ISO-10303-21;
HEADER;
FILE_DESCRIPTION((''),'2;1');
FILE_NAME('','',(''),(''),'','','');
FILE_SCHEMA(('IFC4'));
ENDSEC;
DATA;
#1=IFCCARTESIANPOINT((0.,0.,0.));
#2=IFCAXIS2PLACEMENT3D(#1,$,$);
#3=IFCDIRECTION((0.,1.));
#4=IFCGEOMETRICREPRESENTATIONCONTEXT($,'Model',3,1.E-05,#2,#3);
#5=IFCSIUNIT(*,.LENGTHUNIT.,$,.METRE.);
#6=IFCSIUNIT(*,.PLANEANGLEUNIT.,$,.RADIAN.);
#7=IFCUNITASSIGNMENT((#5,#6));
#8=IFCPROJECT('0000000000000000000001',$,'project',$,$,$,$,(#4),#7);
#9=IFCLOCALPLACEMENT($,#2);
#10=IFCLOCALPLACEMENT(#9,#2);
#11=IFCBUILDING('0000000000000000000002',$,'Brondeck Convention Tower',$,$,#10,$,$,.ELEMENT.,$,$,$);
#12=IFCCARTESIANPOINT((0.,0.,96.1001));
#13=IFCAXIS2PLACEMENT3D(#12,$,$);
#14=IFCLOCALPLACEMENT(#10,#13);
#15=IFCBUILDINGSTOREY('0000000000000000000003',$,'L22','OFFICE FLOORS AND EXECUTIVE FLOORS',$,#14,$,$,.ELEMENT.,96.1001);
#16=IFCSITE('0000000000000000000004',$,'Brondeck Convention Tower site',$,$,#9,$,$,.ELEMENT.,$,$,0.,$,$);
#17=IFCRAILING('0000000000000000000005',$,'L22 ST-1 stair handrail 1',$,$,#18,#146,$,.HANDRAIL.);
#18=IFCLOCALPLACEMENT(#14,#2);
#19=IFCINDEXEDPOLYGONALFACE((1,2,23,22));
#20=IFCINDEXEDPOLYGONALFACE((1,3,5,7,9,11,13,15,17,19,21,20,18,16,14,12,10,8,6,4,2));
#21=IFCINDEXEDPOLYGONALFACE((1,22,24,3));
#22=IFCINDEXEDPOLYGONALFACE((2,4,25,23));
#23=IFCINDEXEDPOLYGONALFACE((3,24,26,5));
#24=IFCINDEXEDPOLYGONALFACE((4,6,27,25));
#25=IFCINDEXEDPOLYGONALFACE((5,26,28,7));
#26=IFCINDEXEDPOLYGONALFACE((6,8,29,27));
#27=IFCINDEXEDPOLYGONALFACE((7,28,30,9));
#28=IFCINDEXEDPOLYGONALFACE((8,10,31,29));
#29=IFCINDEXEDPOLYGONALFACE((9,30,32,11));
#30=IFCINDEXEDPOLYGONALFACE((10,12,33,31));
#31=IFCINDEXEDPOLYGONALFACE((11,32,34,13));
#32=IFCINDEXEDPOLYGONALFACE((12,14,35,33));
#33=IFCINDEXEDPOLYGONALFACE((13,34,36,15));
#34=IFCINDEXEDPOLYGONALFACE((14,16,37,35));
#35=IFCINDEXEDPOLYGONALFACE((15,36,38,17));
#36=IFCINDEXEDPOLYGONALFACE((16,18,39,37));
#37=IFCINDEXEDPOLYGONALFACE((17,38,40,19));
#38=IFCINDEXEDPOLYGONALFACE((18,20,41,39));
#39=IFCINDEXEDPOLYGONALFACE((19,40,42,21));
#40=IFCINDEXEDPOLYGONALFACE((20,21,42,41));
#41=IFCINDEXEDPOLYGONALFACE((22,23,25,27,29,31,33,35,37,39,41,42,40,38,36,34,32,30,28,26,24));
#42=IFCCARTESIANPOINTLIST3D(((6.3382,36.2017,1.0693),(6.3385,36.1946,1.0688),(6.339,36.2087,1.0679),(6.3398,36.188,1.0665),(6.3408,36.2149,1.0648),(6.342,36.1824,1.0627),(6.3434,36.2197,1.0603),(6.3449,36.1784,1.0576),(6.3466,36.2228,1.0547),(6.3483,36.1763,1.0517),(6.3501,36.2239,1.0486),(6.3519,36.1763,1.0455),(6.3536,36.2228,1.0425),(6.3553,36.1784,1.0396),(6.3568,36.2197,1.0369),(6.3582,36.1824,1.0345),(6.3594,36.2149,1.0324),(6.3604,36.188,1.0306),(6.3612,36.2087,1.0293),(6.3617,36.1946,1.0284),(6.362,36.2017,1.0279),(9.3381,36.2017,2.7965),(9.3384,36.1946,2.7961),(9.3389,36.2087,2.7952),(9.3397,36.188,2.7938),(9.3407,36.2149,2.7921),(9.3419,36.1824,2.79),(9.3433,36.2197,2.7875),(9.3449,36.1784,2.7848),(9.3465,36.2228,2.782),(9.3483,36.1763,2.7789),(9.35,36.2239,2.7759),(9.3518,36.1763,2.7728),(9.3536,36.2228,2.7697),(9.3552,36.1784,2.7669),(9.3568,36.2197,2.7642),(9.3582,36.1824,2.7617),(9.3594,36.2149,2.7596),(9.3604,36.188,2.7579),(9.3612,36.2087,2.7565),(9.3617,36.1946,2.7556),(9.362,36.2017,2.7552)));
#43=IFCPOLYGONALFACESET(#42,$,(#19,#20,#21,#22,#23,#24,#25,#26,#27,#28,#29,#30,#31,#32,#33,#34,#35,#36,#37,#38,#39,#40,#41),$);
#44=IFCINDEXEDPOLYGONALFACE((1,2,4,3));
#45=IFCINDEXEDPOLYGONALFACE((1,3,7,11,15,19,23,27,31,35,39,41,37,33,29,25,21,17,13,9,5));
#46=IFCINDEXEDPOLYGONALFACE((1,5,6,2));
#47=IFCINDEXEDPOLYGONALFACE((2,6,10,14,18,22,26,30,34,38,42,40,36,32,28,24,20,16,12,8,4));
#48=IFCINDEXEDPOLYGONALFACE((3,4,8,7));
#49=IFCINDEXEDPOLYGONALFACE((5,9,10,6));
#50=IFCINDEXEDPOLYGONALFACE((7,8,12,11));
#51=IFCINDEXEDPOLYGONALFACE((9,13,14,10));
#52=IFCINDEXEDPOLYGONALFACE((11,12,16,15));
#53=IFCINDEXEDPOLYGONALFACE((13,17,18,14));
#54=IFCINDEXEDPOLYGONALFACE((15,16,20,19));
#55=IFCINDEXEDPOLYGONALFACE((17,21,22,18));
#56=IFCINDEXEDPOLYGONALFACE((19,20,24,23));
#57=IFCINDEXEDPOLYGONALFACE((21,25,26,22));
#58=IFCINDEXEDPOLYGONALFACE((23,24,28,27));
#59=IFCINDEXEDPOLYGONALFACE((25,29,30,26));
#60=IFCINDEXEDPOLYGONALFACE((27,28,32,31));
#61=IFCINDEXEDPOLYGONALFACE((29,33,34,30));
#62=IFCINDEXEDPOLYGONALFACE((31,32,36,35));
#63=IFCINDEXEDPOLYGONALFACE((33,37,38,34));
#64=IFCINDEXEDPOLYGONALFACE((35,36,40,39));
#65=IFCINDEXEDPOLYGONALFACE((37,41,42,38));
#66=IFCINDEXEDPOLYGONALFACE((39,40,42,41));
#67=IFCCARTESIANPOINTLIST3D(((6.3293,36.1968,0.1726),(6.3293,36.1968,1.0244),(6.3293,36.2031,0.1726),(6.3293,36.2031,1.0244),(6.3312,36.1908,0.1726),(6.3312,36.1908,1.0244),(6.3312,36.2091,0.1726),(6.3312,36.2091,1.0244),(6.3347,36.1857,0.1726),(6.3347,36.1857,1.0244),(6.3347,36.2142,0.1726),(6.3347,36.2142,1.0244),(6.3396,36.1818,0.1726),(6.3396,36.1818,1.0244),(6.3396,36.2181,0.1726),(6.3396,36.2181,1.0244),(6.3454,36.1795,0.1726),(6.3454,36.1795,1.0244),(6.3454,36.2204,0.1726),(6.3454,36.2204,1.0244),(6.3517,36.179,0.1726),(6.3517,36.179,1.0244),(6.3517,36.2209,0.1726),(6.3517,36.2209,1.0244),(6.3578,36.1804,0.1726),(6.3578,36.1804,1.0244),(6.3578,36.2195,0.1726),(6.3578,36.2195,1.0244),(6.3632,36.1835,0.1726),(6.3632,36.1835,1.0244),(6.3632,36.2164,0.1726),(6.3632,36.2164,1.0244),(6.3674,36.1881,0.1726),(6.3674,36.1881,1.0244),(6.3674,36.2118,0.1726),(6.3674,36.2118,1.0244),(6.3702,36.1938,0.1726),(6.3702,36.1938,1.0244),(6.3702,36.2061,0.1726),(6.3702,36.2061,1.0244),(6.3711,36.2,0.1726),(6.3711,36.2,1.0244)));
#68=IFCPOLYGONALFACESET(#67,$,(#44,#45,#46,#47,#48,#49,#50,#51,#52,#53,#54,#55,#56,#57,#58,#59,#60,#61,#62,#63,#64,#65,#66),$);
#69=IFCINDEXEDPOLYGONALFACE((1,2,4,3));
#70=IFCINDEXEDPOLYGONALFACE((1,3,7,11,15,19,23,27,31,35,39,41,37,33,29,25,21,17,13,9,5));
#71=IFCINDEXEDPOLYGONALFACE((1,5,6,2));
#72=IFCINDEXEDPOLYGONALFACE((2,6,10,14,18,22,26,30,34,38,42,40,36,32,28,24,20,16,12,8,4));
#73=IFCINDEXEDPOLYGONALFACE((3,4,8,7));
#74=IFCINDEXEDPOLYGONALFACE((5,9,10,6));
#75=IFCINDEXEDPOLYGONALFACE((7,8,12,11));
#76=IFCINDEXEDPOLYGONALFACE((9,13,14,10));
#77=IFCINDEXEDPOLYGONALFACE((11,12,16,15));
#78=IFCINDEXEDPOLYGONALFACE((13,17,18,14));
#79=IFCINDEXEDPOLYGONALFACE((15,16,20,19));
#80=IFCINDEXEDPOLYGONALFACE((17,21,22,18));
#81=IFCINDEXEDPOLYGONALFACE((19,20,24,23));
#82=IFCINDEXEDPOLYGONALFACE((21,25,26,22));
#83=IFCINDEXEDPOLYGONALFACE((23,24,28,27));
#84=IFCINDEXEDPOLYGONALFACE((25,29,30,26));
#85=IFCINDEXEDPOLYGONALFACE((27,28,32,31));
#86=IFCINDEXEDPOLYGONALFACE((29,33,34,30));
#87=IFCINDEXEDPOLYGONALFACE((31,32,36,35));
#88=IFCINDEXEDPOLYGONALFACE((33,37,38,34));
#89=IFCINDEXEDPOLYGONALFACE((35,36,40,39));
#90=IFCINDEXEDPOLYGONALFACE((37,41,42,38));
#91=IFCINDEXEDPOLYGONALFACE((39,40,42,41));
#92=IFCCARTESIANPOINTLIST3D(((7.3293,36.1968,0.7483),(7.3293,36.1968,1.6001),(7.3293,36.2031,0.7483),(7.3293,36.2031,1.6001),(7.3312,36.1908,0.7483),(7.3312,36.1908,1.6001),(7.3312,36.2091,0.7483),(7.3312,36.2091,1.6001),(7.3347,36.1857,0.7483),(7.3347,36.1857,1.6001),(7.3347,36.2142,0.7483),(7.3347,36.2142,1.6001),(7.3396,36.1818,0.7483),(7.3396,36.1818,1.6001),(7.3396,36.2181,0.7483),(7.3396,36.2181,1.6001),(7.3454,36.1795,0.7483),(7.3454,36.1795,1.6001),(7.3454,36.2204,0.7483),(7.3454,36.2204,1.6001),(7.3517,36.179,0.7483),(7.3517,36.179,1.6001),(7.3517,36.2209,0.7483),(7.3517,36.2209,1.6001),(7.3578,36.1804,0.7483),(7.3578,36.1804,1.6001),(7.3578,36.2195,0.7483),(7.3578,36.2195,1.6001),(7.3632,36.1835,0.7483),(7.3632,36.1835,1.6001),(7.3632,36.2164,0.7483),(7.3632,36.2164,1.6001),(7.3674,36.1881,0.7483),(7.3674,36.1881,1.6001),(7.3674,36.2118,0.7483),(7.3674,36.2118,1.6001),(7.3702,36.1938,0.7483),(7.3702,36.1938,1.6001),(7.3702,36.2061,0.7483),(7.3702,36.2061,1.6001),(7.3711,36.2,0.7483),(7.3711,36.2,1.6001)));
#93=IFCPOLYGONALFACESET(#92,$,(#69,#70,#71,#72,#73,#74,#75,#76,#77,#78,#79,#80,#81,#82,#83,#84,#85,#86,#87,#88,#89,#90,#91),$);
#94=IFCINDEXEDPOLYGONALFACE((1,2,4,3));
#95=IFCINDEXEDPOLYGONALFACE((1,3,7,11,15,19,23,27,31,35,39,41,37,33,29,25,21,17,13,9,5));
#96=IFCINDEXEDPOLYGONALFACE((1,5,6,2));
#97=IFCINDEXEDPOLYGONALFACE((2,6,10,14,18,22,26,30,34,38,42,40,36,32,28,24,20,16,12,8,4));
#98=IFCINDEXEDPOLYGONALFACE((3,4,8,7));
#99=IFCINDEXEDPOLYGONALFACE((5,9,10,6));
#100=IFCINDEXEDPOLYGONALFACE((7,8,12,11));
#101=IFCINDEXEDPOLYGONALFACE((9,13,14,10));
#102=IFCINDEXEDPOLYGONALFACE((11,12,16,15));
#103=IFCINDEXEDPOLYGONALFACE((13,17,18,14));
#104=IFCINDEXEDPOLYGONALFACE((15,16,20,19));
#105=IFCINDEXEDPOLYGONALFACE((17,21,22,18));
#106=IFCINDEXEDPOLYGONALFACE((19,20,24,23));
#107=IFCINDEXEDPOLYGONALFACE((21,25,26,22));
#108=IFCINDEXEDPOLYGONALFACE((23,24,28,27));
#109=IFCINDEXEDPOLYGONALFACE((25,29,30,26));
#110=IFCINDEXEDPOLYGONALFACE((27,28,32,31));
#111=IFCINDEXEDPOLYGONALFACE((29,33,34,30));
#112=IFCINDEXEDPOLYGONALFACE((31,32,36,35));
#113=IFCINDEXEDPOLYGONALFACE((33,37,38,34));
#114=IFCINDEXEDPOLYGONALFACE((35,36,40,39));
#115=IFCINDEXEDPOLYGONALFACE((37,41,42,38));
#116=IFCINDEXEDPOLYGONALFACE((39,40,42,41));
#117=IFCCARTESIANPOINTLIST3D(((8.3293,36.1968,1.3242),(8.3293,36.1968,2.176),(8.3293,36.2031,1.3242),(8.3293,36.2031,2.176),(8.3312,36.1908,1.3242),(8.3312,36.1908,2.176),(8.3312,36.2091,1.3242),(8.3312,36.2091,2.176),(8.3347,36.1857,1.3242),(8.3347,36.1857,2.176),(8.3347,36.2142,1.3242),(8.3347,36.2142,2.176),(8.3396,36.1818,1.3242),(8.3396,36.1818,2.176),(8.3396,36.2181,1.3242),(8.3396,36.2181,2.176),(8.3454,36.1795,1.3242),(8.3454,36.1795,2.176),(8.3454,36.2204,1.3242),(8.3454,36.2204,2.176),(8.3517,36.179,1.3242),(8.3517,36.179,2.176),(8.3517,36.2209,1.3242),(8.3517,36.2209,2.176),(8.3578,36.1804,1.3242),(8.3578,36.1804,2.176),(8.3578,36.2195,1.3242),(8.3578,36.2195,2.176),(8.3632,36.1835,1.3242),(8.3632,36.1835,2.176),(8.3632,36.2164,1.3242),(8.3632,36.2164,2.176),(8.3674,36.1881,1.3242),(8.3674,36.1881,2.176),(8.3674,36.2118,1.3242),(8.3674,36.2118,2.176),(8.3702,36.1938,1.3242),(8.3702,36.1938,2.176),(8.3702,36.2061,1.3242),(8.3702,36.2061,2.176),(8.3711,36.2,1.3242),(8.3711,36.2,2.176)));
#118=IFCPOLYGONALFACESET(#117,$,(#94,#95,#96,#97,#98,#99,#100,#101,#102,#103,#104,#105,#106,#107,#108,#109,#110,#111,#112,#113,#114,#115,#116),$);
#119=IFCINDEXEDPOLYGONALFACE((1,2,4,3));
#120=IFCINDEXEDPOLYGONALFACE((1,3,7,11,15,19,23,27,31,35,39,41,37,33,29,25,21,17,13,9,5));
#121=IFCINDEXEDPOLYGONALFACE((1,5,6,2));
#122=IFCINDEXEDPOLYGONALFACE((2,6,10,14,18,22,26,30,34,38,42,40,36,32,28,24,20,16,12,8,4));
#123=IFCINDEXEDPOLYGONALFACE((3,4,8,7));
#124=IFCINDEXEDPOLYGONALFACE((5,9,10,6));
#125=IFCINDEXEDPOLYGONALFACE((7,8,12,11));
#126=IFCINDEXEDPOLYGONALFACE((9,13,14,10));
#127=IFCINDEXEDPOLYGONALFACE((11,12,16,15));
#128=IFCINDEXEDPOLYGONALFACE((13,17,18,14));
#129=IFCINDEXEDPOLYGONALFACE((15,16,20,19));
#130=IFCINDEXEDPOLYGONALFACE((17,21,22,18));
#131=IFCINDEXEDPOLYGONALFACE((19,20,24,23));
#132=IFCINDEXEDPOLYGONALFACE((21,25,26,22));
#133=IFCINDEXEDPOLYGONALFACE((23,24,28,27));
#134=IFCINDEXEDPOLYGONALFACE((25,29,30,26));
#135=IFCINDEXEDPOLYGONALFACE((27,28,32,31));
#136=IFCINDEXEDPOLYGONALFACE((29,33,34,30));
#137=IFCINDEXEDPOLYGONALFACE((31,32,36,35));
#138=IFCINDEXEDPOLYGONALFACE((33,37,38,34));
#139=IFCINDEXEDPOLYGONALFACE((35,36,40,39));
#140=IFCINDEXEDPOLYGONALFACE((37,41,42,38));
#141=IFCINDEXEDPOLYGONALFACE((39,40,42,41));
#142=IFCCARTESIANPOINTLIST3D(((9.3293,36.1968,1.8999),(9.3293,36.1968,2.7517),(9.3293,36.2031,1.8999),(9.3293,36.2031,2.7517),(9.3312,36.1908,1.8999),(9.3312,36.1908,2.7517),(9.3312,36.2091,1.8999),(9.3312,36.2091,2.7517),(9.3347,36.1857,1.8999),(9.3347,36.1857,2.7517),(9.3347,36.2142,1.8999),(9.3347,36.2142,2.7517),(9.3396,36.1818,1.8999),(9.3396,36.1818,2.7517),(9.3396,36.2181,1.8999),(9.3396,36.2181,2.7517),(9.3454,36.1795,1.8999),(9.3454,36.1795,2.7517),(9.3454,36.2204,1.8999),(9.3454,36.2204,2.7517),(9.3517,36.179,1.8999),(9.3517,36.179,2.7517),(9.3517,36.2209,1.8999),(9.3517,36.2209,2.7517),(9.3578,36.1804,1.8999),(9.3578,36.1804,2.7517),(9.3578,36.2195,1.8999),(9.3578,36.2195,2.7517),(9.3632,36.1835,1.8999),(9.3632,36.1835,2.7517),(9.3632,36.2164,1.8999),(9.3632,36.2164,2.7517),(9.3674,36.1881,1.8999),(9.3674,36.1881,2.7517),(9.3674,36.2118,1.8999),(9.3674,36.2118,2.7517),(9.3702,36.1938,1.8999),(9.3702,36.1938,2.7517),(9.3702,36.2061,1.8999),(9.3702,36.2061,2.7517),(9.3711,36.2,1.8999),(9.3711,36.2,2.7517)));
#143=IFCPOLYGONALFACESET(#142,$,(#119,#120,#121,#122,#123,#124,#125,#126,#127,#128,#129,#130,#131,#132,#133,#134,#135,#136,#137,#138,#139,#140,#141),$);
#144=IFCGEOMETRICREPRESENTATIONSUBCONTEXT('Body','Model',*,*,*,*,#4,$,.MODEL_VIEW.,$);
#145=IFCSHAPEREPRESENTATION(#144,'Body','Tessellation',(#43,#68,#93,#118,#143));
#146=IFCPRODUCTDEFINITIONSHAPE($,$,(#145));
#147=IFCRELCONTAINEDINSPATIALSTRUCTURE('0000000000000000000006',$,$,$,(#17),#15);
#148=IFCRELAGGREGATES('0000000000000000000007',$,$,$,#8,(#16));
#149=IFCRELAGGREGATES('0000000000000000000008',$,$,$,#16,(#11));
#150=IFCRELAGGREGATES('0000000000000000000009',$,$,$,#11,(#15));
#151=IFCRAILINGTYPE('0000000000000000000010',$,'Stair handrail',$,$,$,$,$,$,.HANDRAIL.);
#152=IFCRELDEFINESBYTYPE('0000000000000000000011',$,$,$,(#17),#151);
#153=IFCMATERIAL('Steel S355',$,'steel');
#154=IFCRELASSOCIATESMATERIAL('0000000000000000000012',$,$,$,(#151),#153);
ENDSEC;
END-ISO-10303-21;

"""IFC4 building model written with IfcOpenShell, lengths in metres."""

from ifc_helpers import new_model, si_unit, direction, frame, origin, origin_2d, place, context, subcontext, project, spatial, circle, extrude, material, type_object, element, save


model = new_model("IFC4")

# Units and contexts
model_context = context("Model", 3, precision=1e-05, world=origin(), true_north=direction((0.0, 1.0)))
body_context = subcontext(model_context, "Body", "Model", "MODEL_VIEW")
ifc_project = project(units=[si_unit("LENGTHUNIT", "METRE"), si_unit("PLANEANGLEUNIT", "RADIAN")], contexts=[model_context])

# Site, building, storey
site_placement = place(None, origin())
site = spatial("IfcSite", under=ifc_project, at=site_placement, Name="Brondeck Convention Tower site", CompositionType="ELEMENT", RefElevation=0.0)
building_placement = place(site_placement, origin())
building = spatial("IfcBuilding", under=site, at=building_placement, Name="Brondeck Convention Tower", CompositionType="ELEMENT")
storey_placement = place(building_placement, frame((0.0, 0.0, 96.1001)))
storey = spatial("IfcBuildingStorey", under=building, at=storey_placement, Name="L22", Description="OFFICE FLOORS AND EXECUTIVE FLOORS", CompositionType="ELEMENT", Elevation=96.1001)

# Railing
ifc_material_1 = material(Name="Steel S355", Category="steel")
railing_type_1 = type_object("IfcRailingType", Name="Stair handrail", PredefinedType="HANDRAIL", material=ifc_material_1)
railing_1_placement = place(storey_placement, frame((6.3501, 36.2, 0.1726)))
element("IfcRailing", 1, at=railing_1_placement, inside=storey, type_object=railing_type_1, Name="L22 ST-1 stair handrail 1", PredefinedType="HANDRAIL", context=body_context, shape_type="SweptSolid", body=[
    extrude(circle(Radius=0.0239, at=origin_2d()), frame((0.0, 0.0, 0.876), z_axis=(0.86662, 0.0, 0.498969), x_axis=(0.0, 1.0, 0.0)), (0.0, 0.0, 1.0), 3.4617),
    extrude(circle(Radius=0.021, at=origin_2d()), origin(), (0.0, 0.0, 1.0), 0.8518),
    extrude(circle(Radius=0.021, at=origin_2d()), frame((1.0, 0.0, 0.5757)), (0.0, 0.0, 1.0), 0.8518),
    extrude(circle(Radius=0.021, at=origin_2d()), frame((2.0, 0.0, 1.1516)), (0.0, 0.0, 1.0), 0.8518),
    extrude(circle(Radius=0.021, at=origin_2d()), frame((3.0, 0.0, 1.7273)), (0.0, 0.0, 1.0), 0.8518),
])

save(model, "model.ifc")
